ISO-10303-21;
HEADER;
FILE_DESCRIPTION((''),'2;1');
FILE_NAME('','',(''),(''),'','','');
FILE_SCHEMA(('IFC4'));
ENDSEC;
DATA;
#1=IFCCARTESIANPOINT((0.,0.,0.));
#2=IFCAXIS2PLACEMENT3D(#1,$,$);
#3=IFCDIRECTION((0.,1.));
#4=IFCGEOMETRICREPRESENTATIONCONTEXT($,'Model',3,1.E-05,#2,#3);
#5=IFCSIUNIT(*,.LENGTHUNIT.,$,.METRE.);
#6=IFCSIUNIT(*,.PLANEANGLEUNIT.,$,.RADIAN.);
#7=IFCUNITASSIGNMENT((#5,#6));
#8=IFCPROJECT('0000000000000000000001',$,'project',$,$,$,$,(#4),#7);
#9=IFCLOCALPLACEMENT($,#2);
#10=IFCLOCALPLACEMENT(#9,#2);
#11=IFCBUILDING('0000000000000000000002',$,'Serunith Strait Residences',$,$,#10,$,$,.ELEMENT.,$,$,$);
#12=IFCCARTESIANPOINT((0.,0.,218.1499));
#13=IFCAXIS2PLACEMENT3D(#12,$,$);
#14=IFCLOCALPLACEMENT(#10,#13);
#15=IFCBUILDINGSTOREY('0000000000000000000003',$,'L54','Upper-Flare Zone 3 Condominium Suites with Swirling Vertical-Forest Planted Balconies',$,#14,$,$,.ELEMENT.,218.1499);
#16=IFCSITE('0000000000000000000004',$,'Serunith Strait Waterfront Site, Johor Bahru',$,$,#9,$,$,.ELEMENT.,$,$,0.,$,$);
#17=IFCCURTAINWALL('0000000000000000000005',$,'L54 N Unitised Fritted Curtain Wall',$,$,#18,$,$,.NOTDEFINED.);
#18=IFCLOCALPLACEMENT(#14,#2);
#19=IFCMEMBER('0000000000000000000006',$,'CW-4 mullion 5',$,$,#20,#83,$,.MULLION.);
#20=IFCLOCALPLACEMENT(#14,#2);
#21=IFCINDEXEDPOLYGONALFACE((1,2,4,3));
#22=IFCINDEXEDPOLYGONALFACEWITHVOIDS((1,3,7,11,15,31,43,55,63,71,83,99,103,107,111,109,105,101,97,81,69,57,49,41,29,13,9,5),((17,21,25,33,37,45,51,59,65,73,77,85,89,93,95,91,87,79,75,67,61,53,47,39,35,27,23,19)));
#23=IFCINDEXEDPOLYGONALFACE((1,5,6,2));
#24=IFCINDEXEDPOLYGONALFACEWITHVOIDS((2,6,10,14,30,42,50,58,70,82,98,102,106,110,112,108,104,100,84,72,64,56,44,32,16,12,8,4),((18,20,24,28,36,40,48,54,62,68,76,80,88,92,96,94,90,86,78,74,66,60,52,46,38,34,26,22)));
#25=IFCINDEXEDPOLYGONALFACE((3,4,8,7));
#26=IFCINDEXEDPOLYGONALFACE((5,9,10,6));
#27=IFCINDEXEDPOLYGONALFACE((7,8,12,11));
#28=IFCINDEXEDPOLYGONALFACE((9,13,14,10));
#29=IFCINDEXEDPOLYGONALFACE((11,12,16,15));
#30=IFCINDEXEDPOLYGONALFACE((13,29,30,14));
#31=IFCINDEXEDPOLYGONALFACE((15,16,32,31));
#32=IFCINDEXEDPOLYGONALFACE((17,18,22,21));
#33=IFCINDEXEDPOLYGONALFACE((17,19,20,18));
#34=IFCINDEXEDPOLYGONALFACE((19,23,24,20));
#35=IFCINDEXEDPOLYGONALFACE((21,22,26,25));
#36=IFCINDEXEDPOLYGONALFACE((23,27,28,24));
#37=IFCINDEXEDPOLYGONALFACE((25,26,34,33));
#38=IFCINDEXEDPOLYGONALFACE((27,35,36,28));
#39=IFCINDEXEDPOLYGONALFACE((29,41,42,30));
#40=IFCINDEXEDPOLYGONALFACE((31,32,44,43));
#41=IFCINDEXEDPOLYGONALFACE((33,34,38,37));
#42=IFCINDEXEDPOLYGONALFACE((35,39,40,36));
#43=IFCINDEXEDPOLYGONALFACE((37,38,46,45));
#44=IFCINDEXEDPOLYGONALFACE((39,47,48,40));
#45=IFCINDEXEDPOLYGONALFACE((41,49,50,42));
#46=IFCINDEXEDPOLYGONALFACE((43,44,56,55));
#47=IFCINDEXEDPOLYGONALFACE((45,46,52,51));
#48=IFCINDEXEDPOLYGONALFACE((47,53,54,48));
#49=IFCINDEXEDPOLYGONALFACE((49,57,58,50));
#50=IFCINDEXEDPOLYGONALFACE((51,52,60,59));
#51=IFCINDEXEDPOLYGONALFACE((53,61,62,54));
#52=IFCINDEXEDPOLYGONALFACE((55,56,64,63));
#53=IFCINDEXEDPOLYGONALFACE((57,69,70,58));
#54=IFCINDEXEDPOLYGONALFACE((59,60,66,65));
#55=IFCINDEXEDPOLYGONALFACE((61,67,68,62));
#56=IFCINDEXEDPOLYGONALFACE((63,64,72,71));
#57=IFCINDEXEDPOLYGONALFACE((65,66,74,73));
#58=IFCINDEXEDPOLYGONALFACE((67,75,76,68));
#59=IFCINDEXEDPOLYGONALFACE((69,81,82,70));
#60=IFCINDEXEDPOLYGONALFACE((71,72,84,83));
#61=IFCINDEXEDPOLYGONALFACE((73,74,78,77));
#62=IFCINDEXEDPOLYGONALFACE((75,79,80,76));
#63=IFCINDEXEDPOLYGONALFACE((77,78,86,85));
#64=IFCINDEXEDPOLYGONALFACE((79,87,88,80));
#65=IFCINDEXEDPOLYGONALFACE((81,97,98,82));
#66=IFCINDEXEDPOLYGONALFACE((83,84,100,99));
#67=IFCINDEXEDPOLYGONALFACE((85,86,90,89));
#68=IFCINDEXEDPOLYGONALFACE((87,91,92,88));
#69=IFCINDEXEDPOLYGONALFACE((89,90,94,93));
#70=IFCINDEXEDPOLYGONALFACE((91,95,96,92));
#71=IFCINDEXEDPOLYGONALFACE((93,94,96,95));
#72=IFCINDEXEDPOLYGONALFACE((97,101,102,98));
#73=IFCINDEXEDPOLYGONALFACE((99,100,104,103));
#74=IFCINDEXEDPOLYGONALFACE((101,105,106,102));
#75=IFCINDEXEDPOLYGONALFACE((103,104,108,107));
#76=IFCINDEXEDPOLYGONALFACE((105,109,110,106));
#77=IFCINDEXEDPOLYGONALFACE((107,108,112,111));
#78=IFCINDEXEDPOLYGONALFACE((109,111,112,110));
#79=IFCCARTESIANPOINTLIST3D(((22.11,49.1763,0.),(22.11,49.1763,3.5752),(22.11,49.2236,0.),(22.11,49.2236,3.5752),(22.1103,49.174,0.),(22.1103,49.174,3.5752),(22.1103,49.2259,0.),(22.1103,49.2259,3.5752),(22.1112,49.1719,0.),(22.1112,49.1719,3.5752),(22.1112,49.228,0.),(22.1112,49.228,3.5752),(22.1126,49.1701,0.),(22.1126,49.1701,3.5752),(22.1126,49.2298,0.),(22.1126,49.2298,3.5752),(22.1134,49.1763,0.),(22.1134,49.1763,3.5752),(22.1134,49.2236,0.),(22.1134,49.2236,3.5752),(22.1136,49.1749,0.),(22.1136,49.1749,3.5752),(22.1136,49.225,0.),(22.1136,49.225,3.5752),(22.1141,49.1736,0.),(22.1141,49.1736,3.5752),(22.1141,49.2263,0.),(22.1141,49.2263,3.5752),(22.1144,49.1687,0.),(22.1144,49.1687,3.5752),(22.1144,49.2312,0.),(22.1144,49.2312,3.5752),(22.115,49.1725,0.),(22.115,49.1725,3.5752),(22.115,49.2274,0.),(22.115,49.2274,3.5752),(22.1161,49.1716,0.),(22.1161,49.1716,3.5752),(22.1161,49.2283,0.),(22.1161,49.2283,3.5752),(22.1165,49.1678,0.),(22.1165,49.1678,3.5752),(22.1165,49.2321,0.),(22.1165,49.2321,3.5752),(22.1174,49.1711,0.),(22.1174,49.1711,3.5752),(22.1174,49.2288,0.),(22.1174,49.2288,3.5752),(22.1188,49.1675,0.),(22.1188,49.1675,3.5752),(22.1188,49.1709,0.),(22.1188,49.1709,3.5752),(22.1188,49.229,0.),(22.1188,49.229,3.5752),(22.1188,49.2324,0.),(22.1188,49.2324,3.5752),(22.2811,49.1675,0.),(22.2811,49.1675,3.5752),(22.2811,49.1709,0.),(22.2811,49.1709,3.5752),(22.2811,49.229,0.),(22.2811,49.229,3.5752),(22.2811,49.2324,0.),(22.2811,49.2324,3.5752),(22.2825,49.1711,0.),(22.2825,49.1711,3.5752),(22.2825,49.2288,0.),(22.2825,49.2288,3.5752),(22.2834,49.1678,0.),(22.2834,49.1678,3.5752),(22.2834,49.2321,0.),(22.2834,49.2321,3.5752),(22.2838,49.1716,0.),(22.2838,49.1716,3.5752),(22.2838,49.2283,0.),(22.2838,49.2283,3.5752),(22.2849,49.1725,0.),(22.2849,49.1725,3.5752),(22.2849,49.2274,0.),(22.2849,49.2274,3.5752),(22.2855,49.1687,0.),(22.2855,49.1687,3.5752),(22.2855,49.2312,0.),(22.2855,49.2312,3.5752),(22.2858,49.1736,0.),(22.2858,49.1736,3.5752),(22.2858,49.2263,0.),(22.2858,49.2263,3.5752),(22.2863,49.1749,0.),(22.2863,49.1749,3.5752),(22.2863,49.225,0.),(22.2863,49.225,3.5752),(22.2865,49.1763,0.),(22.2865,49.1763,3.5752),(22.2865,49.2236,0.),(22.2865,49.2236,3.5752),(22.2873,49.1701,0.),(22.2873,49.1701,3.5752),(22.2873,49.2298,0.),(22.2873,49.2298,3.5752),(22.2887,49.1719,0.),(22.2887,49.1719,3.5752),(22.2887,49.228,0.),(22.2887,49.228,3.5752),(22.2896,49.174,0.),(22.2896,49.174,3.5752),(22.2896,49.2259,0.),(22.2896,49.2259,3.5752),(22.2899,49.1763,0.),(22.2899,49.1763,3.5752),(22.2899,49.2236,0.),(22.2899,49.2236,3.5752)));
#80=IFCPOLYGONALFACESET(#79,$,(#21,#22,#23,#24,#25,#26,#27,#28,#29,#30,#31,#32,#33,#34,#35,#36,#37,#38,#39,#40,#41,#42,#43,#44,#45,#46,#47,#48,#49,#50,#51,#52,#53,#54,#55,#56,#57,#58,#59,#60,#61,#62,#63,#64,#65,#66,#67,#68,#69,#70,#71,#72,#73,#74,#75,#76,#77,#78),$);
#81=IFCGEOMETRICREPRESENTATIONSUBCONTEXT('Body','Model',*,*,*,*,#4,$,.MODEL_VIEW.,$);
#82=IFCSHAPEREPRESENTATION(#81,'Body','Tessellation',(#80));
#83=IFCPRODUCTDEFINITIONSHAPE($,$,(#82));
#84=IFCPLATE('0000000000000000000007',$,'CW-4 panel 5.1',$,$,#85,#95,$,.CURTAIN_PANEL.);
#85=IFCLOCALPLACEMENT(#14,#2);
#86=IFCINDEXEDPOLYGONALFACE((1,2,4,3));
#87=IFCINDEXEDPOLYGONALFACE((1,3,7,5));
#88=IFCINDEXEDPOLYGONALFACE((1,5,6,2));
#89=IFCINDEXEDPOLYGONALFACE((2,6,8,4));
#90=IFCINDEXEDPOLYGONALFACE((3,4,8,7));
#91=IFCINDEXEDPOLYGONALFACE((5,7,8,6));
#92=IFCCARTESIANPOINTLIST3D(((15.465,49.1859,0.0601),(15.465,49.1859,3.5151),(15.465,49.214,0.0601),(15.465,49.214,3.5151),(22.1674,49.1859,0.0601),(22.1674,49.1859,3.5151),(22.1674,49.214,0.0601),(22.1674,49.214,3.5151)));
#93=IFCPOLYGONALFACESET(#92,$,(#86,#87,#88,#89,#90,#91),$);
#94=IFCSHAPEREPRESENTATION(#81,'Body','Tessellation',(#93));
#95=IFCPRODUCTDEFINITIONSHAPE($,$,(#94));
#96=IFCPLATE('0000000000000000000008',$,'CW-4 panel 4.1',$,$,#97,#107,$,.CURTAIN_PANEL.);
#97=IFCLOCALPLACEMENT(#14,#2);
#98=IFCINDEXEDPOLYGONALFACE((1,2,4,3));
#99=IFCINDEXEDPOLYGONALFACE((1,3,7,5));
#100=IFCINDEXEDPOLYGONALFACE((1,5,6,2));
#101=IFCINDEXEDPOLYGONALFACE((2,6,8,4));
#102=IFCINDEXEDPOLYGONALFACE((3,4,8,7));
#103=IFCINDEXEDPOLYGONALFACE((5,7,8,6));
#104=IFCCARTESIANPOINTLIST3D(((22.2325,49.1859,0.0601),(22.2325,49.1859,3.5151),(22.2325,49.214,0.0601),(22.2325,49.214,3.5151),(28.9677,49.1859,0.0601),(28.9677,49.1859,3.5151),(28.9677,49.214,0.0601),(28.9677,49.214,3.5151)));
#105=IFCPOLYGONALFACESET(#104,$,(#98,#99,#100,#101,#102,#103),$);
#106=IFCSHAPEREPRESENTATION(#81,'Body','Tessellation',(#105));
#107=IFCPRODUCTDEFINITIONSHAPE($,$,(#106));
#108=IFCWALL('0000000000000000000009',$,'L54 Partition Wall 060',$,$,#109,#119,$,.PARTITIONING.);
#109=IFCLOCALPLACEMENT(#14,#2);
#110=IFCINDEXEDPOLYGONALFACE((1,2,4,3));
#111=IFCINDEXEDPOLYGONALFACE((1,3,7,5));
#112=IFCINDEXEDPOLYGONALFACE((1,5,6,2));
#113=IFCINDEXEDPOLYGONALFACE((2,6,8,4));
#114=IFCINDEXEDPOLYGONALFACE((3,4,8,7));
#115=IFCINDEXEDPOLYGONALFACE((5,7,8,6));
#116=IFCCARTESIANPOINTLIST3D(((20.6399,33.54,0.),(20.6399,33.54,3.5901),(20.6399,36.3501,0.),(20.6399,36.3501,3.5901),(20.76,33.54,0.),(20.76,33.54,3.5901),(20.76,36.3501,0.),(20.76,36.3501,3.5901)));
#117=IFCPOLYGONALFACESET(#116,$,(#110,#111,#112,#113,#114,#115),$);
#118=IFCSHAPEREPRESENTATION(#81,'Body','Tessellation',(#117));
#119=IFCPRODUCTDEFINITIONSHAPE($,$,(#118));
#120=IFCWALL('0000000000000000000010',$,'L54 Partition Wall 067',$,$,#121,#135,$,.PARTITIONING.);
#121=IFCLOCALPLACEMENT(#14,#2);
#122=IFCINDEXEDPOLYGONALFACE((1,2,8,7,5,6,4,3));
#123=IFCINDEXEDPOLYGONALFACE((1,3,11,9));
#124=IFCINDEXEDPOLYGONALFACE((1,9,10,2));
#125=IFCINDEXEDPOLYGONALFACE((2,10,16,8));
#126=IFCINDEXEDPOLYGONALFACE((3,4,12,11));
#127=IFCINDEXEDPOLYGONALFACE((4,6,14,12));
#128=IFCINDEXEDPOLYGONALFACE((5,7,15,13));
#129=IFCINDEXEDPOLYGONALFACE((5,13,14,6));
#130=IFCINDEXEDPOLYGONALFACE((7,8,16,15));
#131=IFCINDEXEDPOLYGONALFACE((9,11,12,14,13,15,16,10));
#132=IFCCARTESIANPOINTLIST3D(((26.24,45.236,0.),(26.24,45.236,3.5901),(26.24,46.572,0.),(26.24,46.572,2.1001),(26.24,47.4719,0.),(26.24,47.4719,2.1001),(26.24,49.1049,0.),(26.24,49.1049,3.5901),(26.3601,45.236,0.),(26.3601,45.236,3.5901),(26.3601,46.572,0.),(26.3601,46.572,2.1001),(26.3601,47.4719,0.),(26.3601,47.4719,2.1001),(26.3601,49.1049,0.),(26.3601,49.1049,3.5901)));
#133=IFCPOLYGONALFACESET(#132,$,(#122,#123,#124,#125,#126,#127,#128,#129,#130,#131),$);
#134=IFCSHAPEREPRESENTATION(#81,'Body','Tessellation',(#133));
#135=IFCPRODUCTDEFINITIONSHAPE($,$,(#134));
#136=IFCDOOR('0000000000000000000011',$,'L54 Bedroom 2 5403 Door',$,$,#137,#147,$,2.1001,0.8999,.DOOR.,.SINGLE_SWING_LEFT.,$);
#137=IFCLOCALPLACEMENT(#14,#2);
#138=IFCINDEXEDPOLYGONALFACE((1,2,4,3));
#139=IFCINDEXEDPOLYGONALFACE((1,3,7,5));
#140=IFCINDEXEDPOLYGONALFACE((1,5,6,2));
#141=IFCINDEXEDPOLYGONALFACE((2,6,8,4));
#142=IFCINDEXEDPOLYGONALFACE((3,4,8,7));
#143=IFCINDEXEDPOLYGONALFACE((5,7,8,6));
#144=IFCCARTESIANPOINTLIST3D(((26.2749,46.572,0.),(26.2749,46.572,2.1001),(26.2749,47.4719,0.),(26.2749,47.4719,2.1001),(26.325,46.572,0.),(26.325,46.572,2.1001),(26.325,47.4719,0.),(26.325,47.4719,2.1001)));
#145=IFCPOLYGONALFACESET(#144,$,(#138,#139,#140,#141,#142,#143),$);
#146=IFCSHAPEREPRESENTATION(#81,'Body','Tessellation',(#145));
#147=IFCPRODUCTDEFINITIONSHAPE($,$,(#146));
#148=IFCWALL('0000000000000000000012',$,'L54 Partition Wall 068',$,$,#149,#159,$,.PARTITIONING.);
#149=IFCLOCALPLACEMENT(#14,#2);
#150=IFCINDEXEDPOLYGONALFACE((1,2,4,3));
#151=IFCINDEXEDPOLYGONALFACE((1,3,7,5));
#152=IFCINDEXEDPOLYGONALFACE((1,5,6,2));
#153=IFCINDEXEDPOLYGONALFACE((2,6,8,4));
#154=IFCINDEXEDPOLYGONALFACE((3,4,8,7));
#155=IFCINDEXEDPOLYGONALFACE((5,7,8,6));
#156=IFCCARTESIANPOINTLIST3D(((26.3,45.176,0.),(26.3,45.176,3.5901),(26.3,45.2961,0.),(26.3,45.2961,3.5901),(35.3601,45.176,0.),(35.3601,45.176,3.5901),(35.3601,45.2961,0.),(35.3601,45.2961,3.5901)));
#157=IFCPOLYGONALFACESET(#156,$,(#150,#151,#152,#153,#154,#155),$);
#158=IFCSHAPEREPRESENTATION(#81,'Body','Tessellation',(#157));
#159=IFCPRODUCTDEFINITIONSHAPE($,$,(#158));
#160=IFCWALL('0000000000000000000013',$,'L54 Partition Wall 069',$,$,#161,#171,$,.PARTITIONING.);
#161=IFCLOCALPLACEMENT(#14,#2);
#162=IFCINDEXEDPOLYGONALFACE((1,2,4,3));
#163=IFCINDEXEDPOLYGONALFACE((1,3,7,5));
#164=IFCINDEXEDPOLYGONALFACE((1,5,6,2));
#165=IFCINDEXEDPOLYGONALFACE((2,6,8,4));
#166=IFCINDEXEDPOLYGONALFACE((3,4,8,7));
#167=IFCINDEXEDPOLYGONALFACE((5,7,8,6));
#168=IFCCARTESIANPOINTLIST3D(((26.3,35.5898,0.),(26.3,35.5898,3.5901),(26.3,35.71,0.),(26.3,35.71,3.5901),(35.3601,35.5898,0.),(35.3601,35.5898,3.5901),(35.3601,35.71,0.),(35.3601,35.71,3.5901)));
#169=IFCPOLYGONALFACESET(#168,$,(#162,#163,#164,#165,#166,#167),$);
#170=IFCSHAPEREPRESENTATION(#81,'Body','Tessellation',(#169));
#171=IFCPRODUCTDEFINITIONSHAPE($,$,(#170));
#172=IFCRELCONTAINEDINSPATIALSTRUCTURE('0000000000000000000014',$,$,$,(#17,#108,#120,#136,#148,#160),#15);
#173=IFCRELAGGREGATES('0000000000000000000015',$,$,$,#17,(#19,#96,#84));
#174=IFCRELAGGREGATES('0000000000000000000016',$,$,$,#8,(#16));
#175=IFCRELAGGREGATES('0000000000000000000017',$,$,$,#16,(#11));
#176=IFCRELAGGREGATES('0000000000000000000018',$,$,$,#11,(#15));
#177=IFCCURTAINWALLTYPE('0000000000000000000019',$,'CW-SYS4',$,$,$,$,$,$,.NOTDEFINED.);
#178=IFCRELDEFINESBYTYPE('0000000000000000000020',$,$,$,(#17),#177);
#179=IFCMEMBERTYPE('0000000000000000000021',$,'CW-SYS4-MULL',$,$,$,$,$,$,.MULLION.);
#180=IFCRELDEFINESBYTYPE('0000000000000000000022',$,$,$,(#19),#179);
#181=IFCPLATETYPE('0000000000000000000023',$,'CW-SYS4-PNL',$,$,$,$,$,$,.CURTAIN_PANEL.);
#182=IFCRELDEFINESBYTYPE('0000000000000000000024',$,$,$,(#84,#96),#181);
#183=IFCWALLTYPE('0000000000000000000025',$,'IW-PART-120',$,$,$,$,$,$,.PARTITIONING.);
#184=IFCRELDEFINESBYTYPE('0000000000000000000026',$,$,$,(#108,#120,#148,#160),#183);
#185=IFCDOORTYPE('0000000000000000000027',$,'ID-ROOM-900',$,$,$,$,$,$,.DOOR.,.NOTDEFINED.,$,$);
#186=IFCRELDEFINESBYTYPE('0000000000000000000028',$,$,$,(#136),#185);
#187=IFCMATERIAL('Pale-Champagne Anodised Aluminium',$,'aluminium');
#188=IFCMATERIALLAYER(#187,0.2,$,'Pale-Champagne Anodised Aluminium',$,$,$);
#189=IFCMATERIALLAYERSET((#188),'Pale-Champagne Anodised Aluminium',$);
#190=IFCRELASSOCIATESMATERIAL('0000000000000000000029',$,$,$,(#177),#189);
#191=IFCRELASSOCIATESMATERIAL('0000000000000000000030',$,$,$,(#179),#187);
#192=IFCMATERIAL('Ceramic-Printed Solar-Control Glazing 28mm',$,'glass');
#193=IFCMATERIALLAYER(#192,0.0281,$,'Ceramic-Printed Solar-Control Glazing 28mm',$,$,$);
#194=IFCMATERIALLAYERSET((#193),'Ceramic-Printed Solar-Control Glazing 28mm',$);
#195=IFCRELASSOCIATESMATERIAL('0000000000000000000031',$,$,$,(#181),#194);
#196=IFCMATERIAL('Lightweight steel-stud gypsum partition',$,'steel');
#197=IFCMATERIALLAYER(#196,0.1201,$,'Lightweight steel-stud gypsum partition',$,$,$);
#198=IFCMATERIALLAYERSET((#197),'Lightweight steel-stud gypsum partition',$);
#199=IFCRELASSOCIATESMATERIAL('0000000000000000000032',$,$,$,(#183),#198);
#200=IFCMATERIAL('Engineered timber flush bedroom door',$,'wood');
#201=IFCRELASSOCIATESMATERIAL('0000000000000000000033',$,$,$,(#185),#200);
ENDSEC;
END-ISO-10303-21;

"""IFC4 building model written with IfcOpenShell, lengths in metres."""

from ifc_helpers import new_model, si_unit, direction, frame, frame_2d, origin, origin_2d, place, context, subcontext, project, spatial, rectangle, hollow_rectangle, extrude, source, transform, mapped, material, layer, layer_set, material_profile, profile_set, type_object, element, fill, aggregate, save


model = new_model("IFC4")

# Units and contexts
model_context = context("Model", 3, precision=1e-05, world=origin(), true_north=direction((0.0, 1.0)))
body_context = subcontext(model_context, "Body", "Model", "MODEL_VIEW")
ifc_project = project(units=[si_unit("LENGTHUNIT", "METRE"), si_unit("PLANEANGLEUNIT", "RADIAN")], contexts=[model_context])

# Site, building, storey
site_placement = place(None, origin())
site = spatial("IfcSite", under=ifc_project, at=site_placement, Name="Serunith Strait Waterfront Site, Johor Bahru", CompositionType="ELEMENT", RefElevation=0.0)
building_placement = place(site_placement, origin())
building = spatial("IfcBuilding", under=site, at=building_placement, Name="Serunith Strait Residences", CompositionType="ELEMENT")
storey_placement = place(building_placement, frame((0.0, 0.0, 218.1499)))
storey = spatial("IfcBuildingStorey", under=building, at=storey_placement, Name="L54", Description="Upper-Flare Zone 3 Condominium Suites with Swirling Vertical-Forest Planted Balconies", CompositionType="ELEMENT", Elevation=218.1499)

# Curtain wall, member, plates
ifc_material_1 = material(Name="Pale-Champagne Anodised Aluminium", Category="aluminium")
ifc_layer_1 = layer(ifc_material_1, 0.2, Name="Pale-Champagne Anodised Aluminium")
ifc_layer_set_1 = layer_set([ifc_layer_1], Name="Pale-Champagne Anodised Aluminium")
curtain_wall_type = type_object("IfcCurtainWallType", Name="CW-SYS4", PredefinedType="NOTDEFINED", material=ifc_layer_set_1)
curtain_wall_placement = place(storey_placement, origin())
curtain_wall = element("IfcCurtainWall", 1, at=curtain_wall_placement, inside=storey, type_object=curtain_wall_type, Name="L54 N Unitised Fritted Curtain Wall", PredefinedType="NOTDEFINED")
ifc_material_profile_1 = material_profile(ifc_material_1, hollow_rectangle(XDim=0.0649, YDim=0.1799, WallThickness=0.0034, InnerFilletRadius=0.0054, OuterFilletRadius=0.0088, at=origin_2d()), Name="ALU 180x65x3.5")
ifc_profile_set_1 = profile_set([ifc_material_profile_1], Name="Pale-Champagne Anodised Aluminium")
member_type_1 = type_object("IfcMemberType", Name="CW-SYS4-MULL", PredefinedType="MULLION", material=ifc_profile_set_1)
shared_shape_1 = source(origin(), body_context, "Body", "SweptSolid", [
    extrude(hollow_rectangle(XDim=0.0649, YDim=0.1799, WallThickness=0.0034, InnerFilletRadius=0.0054, OuterFilletRadius=0.0088, at=origin_2d()), origin(), (0.0, 0.0, 1.0), 3.5752),
])
member_1_placement = place(storey_placement, frame((22.2, 49.2, 0.0), z_axis=(0.0, 0.0, 1.0), x_axis=(0.0, -1.0, 0.0)))
member_1 = element("IfcMember", 2, at=member_1_placement, type_object=member_type_1, Name="CW-4 mullion 5", PredefinedType="MULLION", context=body_context, shape_type="MappedRepresentation", body=[
    mapped(shared_shape_1, transform((0.0, 0.0, 0.0), scale=1.0)),
])
ifc_material_2 = material(Name="Ceramic-Printed Solar-Control Glazing 28mm", Category="glass")
ifc_layer_2 = layer(ifc_material_2, 0.0281, Name="Ceramic-Printed Solar-Control Glazing 28mm")
ifc_layer_set_2 = layer_set([ifc_layer_2], Name="Ceramic-Printed Solar-Control Glazing 28mm")
plate_type = type_object("IfcPlateType", Name="CW-SYS4-PNL", PredefinedType="CURTAIN_PANEL", material=ifc_layer_set_2)
shared_shape_2 = source(origin(), body_context, "Body", "SweptSolid", [
    extrude(rectangle(XDim=6.7024, YDim=0.0281, at=origin_2d()), origin(), (0.0, 0.0, 1.0), 3.4551),
])
plate_1_placement = place(storey_placement, frame((18.8162, 49.2, 0.0601), z_axis=(0.0, 0.0, 1.0), x_axis=(-1.0, 0.0, 0.0)))
plate_1 = element("IfcPlate", 3, at=plate_1_placement, type_object=plate_type, Name="CW-4 panel 5.1", PredefinedType="CURTAIN_PANEL", context=body_context, shape_type="MappedRepresentation", body=[
    mapped(shared_shape_2, transform((0.0, 0.0, 0.0), scale=1.0)),
])
shared_shape_3 = source(origin(), body_context, "Body", "SweptSolid", [
    extrude(rectangle(XDim=6.7351, YDim=0.0281, at=origin_2d()), origin(), (0.0, 0.0, 1.0), 3.4551),
])
plate_2_placement = place(storey_placement, frame((25.6001, 49.2, 0.0601), z_axis=(0.0, 0.0, 1.0), x_axis=(-1.0, 0.0, 0.0)))
plate_2 = element("IfcPlate", 4, at=plate_2_placement, type_object=plate_type, Name="CW-4 panel 4.1", PredefinedType="CURTAIN_PANEL", context=body_context, shape_type="MappedRepresentation", body=[
    mapped(shared_shape_3, transform((0.0, 0.0, 0.0), scale=1.0)),
])
aggregate(curtain_wall, [member_1, plate_2, plate_1])

# Wall
ifc_material_3 = material(Name="Lightweight steel-stud gypsum partition", Category="steel")
ifc_layer_3 = layer(ifc_material_3, 0.1201, Name="Lightweight steel-stud gypsum partition")
ifc_layer_set_3 = layer_set([ifc_layer_3], Name="Lightweight steel-stud gypsum partition")
wall_type = type_object("IfcWallType", Name="IW-PART-120", PredefinedType="PARTITIONING", material=ifc_layer_set_3)
wall_1_placement = place(storey_placement, frame((20.7, 36.3501, 0.0), z_axis=(0.0, 0.0, 1.0), x_axis=(0.0, -1.0, 0.0)))
element("IfcWall", 5, at=wall_1_placement, inside=storey, type_object=wall_type, Name="L54 Partition Wall 060", PredefinedType="PARTITIONING", context=body_context, shape_type="SweptSolid", body=[
    extrude(rectangle(XDim=2.8101, YDim=0.1201, at=frame_2d((1.405, 0.0))), origin(), (0.0, 0.0, 1.0), 3.5901),
])

# Wall, opening, door
wall_2_placement = place(storey_placement, frame((26.3, 49.105, 0.0), z_axis=(0.0, 0.0, 1.0), x_axis=(0.0, -1.0, 0.0)))
wall_2 = element("IfcWall", 6, at=wall_2_placement, inside=storey, type_object=wall_type, Name="L54 Partition Wall 067", PredefinedType="PARTITIONING", context=body_context, shape_type="SweptSolid", body=[
    extrude(rectangle(XDim=3.8689, YDim=0.1201, at=frame_2d((1.9346, 0.0))), origin(), (0.0, 0.0, 1.0), 3.5901),
])
opening_1_placement = place(wall_2_placement, frame((1.6331, 0.0, 0.0)))
opening_1 = element("IfcOpeningElement", 7, at=opening_1_placement, cuts=wall_2, PredefinedType="OPENING", context=body_context, shape_type="SweptSolid", body=[
    extrude(rectangle(XDim=0.8999, YDim=2.1001, at=frame_2d((0.45, 1.05))), frame((0.0, 0.0701, 0.0), z_axis=(0.0, -1.0, 0.0), x_axis=(1.0, 0.0, 0.0)), (0.0, 0.0, 1.0), 0.1401),
])
ifc_material_4 = material(Name="Engineered timber flush bedroom door", Category="wood")
door_type_1 = type_object("IfcDoorType", Name="ID-ROOM-900", OperationType="NOTDEFINED", PredefinedType="DOOR", material=ifc_material_4)
shared_shape_4 = source(origin(), body_context, "Body", "SweptSolid", [
    extrude(rectangle(XDim=0.8999, YDim=2.1001, at=frame_2d((0.45, 1.05))), frame((0.0, 0.0249, 0.0), z_axis=(0.0, -1.0, 0.0), x_axis=(1.0, 0.0, 0.0)), (0.0, 0.0, 1.0), 0.05),
])
door_1_placement = place(opening_1_placement, origin())
door_1 = element("IfcDoor", 8, at=door_1_placement, inside=storey, type_object=door_type_1, Name="L54 Bedroom 2 5403 Door", OperationType="SINGLE_SWING_LEFT", OverallHeight=2.1001, OverallWidth=0.8999, PredefinedType="DOOR", context=body_context, shape_type="MappedRepresentation", body=[
    mapped(shared_shape_4, transform((0.0, 0.0, 0.0), scale=1.0)),
])
fill(opening_1, door_1)

# Walls
for number, where, z_axis, x_axis, name in (
    (9, (26.3, 45.2361, 0.0), (0.0, 0.0, 1.0), (1.0, 0.0, 0.0), "L54 Partition Wall 068"),
    (10, (26.3, 35.6499, 0.0), (0.0, 0.0, 1.0), (1.0, 0.0, 0.0), "L54 Partition Wall 069"),
):
    element("IfcWall", number, at=place(storey_placement, frame(where, z_axis=z_axis, x_axis=x_axis)), inside=storey, type_object=wall_type, Name=name, PredefinedType="PARTITIONING", context=body_context, shape_type="SweptSolid", body=[
        extrude(rectangle(XDim=9.0601, YDim=0.1201, at=frame_2d((4.53, 0.0))), origin(), (0.0, 0.0, 1.0), 3.5901),
    ])

save(model, "model.ifc")
